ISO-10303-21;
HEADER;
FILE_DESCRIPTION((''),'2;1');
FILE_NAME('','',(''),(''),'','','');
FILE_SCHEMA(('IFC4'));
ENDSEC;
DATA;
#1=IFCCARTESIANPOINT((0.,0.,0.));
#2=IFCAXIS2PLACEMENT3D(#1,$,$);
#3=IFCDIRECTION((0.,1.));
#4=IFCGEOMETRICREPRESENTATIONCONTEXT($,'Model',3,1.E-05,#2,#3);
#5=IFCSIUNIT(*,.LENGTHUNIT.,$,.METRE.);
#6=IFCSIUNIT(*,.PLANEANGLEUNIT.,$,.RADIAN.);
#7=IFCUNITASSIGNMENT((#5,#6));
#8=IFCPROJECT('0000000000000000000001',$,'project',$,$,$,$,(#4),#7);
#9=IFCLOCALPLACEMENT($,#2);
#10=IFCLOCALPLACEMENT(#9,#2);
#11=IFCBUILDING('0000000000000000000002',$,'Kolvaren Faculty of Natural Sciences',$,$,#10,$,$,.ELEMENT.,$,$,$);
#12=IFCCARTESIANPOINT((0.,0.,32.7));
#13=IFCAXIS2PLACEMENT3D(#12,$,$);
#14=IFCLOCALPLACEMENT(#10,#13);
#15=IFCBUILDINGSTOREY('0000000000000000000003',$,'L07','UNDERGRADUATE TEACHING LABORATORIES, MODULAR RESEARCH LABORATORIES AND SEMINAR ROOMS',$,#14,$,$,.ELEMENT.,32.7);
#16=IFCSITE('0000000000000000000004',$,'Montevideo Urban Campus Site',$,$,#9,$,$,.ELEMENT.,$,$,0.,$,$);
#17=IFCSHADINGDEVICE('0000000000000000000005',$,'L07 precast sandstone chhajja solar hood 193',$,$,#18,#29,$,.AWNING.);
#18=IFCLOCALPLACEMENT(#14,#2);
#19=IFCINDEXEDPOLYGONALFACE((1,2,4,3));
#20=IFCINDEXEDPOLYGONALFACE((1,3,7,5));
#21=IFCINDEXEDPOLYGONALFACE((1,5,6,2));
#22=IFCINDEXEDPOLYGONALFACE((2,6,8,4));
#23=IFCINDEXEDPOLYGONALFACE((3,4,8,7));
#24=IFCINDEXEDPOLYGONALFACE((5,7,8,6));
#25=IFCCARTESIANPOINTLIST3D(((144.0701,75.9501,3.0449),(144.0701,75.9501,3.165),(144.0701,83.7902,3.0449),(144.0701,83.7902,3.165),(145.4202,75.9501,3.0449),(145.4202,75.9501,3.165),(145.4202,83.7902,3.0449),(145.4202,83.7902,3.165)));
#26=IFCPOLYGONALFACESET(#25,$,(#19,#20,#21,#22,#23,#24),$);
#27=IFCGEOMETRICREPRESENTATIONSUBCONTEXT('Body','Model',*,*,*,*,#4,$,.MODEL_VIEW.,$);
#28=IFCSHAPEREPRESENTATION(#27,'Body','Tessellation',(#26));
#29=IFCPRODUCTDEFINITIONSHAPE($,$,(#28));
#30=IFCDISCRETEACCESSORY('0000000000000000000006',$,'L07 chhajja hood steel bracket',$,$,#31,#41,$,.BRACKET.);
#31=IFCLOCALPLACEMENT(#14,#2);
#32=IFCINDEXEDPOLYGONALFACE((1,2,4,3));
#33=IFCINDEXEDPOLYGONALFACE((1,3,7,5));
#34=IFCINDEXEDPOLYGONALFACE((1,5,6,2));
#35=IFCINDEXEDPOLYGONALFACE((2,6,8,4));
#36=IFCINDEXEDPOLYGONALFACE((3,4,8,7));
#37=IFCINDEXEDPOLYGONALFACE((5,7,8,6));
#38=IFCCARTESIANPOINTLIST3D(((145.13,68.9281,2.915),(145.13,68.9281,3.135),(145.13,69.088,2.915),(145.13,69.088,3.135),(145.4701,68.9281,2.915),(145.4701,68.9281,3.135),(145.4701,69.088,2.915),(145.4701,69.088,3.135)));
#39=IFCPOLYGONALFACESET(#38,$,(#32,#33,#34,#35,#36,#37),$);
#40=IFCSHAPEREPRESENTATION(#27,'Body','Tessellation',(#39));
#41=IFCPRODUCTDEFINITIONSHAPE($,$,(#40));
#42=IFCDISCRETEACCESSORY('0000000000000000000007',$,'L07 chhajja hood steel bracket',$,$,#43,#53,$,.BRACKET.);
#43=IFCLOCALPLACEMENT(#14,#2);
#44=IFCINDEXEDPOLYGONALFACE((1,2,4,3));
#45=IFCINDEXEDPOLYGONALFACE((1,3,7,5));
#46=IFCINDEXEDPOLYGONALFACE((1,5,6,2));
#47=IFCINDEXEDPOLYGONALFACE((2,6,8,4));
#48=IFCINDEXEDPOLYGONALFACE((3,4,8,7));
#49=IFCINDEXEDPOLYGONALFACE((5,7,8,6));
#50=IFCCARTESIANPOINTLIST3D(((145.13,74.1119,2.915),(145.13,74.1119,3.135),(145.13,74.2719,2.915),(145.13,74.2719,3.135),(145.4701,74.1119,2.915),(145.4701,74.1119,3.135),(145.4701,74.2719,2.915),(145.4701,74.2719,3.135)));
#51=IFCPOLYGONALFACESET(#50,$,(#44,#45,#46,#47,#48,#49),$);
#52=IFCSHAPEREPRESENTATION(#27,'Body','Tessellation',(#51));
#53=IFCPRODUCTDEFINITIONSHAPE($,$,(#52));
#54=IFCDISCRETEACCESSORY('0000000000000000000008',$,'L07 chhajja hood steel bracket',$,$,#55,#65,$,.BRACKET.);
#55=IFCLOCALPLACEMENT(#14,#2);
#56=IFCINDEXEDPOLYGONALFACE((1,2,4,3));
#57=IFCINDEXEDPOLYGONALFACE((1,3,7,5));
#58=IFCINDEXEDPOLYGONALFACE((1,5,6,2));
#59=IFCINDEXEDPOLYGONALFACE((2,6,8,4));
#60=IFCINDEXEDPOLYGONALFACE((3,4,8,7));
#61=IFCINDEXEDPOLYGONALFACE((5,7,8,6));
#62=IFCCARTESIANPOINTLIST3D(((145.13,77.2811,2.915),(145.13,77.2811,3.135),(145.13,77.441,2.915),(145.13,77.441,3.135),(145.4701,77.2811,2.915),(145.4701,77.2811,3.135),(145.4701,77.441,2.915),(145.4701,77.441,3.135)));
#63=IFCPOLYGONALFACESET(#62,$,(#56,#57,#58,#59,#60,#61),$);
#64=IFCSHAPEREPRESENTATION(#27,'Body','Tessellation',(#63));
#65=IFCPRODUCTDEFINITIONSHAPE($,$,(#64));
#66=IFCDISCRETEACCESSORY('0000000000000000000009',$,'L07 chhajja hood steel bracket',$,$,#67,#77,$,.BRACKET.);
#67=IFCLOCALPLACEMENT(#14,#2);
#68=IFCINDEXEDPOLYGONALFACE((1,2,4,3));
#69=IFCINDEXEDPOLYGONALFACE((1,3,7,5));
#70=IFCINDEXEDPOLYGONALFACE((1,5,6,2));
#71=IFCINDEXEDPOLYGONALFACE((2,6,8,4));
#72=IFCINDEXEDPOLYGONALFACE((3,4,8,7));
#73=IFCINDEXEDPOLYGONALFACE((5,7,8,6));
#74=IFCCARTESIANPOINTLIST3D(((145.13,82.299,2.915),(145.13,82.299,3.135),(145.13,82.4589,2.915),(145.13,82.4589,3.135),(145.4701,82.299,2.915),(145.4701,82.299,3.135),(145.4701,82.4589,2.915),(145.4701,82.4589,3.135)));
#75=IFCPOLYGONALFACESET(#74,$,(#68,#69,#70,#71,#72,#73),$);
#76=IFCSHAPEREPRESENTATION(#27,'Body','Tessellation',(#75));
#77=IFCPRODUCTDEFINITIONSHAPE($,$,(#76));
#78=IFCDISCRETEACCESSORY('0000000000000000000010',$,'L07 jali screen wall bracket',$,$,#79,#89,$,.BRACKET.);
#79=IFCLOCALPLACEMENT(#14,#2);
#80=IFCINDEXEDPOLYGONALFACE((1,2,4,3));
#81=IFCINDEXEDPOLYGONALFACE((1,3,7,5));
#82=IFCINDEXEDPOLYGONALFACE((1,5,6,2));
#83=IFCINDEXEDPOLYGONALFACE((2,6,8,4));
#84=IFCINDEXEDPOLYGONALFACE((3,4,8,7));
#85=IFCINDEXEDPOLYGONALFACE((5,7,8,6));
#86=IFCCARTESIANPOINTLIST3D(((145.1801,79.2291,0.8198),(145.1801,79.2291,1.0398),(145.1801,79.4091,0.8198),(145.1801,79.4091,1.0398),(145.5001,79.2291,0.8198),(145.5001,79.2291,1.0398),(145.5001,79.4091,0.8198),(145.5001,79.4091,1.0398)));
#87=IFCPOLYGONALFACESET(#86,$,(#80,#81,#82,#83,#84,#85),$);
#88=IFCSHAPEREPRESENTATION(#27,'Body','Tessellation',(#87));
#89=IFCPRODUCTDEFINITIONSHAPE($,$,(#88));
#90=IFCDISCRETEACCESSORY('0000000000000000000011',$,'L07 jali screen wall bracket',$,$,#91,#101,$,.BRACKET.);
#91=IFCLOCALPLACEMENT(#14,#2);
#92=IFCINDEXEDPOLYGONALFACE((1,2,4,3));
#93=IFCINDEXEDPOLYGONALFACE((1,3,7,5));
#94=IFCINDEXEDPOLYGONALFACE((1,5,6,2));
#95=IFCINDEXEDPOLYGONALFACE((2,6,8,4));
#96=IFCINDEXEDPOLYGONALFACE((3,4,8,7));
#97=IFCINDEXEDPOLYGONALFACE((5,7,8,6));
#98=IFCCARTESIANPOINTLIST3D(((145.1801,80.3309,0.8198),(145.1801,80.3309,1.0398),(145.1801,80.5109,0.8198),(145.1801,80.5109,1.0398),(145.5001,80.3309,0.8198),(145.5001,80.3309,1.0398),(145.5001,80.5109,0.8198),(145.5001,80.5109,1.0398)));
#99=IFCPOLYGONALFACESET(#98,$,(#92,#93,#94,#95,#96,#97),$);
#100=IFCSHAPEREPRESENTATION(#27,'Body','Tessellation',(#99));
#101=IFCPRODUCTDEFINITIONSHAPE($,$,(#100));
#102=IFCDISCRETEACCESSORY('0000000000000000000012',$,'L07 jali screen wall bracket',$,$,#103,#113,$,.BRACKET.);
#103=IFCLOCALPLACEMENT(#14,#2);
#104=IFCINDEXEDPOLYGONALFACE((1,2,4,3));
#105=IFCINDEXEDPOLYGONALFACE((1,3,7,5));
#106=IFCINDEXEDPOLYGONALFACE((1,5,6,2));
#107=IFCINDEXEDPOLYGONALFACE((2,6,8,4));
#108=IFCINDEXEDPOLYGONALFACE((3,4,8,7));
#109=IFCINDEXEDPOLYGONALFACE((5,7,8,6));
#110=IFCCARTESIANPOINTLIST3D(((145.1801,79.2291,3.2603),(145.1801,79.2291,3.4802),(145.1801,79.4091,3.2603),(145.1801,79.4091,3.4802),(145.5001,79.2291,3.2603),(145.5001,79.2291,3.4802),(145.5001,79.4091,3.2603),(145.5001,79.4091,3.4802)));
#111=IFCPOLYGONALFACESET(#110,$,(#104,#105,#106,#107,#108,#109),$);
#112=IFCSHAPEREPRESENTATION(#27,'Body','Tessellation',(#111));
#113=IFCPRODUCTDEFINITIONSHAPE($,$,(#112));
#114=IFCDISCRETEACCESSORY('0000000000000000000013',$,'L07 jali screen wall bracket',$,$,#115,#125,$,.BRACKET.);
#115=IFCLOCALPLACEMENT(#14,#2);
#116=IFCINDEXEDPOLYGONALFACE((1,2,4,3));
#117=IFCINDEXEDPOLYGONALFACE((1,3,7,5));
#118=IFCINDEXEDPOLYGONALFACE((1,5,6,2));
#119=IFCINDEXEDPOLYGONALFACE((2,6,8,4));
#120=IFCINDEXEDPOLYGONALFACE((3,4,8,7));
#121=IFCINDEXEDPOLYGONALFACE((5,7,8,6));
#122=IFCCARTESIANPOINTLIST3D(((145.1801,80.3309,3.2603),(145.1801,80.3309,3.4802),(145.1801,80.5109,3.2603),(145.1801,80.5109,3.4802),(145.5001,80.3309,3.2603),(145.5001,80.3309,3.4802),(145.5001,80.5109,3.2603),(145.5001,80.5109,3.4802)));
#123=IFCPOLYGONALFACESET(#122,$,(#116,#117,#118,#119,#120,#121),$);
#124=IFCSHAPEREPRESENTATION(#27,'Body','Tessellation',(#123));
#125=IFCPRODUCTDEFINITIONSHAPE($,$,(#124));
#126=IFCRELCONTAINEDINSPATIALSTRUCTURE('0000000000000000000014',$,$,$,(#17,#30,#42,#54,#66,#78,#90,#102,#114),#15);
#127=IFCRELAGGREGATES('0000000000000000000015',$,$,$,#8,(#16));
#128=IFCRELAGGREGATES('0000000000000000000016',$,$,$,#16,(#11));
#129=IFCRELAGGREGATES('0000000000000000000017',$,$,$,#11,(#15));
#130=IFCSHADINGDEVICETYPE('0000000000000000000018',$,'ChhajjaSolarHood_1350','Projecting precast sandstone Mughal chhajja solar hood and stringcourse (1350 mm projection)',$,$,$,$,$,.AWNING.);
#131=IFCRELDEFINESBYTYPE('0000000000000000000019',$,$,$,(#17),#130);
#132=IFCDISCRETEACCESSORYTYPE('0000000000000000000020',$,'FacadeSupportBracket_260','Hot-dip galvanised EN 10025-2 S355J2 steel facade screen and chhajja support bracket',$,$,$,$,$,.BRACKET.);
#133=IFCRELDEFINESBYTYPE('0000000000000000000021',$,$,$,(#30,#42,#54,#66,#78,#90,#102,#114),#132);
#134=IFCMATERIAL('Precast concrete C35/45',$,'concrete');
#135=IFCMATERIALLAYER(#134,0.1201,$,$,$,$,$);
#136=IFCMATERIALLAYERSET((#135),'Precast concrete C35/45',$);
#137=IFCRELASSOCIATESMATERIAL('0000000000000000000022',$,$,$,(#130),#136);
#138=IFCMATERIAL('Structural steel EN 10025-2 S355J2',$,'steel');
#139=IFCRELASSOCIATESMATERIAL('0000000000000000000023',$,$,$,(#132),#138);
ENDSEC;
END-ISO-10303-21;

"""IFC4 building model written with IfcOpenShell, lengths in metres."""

from ifc_helpers import new_model, si_unit, direction, frame, origin, origin_2d, place, context, subcontext, project, spatial, rectangle, extrude, material, layer, layer_set, type_object, element, save


model = new_model("IFC4")

# Units and contexts
model_context = context("Model", 3, precision=1e-05, world=origin(), true_north=direction((0.0, 1.0)))
body_context = subcontext(model_context, "Body", "Model", "MODEL_VIEW")
ifc_project = project(units=[si_unit("LENGTHUNIT", "METRE"), si_unit("PLANEANGLEUNIT", "RADIAN")], contexts=[model_context])

# Site, building, storey
site_placement = place(None, origin())
site = spatial("IfcSite", under=ifc_project, at=site_placement, Name="Montevideo Urban Campus Site", CompositionType="ELEMENT", RefElevation=0.0)
building_placement = place(site_placement, origin())
building = spatial("IfcBuilding", under=site, at=building_placement, Name="Kolvaren Faculty of Natural Sciences", CompositionType="ELEMENT")
storey_placement = place(building_placement, frame((0.0, 0.0, 32.7)))
storey = spatial("IfcBuildingStorey", under=building, at=storey_placement, Name="L07", Description="UNDERGRADUATE TEACHING LABORATORIES, MODULAR RESEARCH LABORATORIES AND SEMINAR ROOMS", CompositionType="ELEMENT", Elevation=32.7)

# Shared definitions
ifc_material_1 = material(Name="Precast concrete C35/45", Category="concrete")

# Shading device
ifc_layer_1 = layer(ifc_material_1, 0.1201)
ifc_layer_set_1 = layer_set([ifc_layer_1], Name="Precast concrete C35/45")
shading_device_type = type_object("IfcShadingDeviceType", Name="ChhajjaSolarHood_1350", Description="Projecting precast sandstone Mughal chhajja solar hood and stringcourse (1350 mm projection)", PredefinedType="AWNING", material=ifc_layer_set_1)
shading_device_placement = place(storey_placement, frame((144.7451, 79.8701, 3.0449), z_axis=(0.0, 0.0, 1.0), x_axis=(0.0, 1.0, 0.0)))
element("IfcShadingDevice", 1, at=shading_device_placement, inside=storey, type_object=shading_device_type, Name="L07 precast sandstone chhajja solar hood 193", PredefinedType="AWNING", context=body_context, shape_type="SweptSolid", body=[
    extrude(rectangle(XDim=7.8401, YDim=1.3501, at=origin_2d()), origin(), (0.0, 0.0, 1.0), 0.1201),
])

# Discrete accessories
ifc_material_2 = material(Name="Structural steel EN 10025-2 S355J2", Category="steel")
discrete_accessory_type = type_object("IfcDiscreteAccessoryType", Name="FacadeSupportBracket_260", Description="Hot-dip galvanised EN 10025-2 S355J2 steel facade screen and chhajja support bracket", PredefinedType="BRACKET", material=ifc_material_2)
for number, where, z_axis, x_axis, name in (
    (2, (145.3, 69.0081, 2.915), (0.0, 0.0, 1.0), (0.0, 1.0, 0.0), "L07 chhajja hood steel bracket"),
    (3, (145.3, 74.1919, 2.915), (0.0, 0.0, 1.0), (0.0, 1.0, 0.0), "L07 chhajja hood steel bracket"),
    (4, (145.3, 77.3611, 2.915), (0.0, 0.0, 1.0), (0.0, 1.0, 0.0), "L07 chhajja hood steel bracket"),
    (5, (145.3, 82.3789, 2.915), (0.0, 0.0, 1.0), (0.0, 1.0, 0.0), "L07 chhajja hood steel bracket"),
):
    element("IfcDiscreteAccessory", number, at=place(storey_placement, frame(where, z_axis=z_axis, x_axis=x_axis)), inside=storey, type_object=discrete_accessory_type, Name=name, PredefinedType="BRACKET", context=body_context, shape_type="SweptSolid", body=[
        extrude(rectangle(XDim=0.1599, YDim=0.3401, at=origin_2d()), origin(), (0.0, 0.0, 1.0), 0.22),
    ])
for number, where, z_axis, x_axis, name in (
    (6, (145.3401, 79.3191, 0.8198), (0.0, 0.0, 1.0), (0.0, 1.0, 0.0), "L07 jali screen wall bracket"),
    (7, (145.3401, 80.4209, 0.8198), (0.0, 0.0, 1.0), (0.0, 1.0, 0.0), "L07 jali screen wall bracket"),
    (8, (145.3401, 79.3191, 3.2603), (0.0, 0.0, 1.0), (0.0, 1.0, 0.0), "L07 jali screen wall bracket"),
    (9, (145.3401, 80.4209, 3.2603), (0.0, 0.0, 1.0), (0.0, 1.0, 0.0), "L07 jali screen wall bracket"),
):
    element("IfcDiscreteAccessory", number, at=place(storey_placement, frame(where, z_axis=z_axis, x_axis=x_axis)), inside=storey, type_object=discrete_accessory_type, Name=name, PredefinedType="BRACKET", context=body_context, shape_type="SweptSolid", body=[
        extrude(rectangle(XDim=0.1799, YDim=0.3201, at=origin_2d()), origin(), (0.0, 0.0, 1.0), 0.22),
    ])

save(model, "model.ifc")
